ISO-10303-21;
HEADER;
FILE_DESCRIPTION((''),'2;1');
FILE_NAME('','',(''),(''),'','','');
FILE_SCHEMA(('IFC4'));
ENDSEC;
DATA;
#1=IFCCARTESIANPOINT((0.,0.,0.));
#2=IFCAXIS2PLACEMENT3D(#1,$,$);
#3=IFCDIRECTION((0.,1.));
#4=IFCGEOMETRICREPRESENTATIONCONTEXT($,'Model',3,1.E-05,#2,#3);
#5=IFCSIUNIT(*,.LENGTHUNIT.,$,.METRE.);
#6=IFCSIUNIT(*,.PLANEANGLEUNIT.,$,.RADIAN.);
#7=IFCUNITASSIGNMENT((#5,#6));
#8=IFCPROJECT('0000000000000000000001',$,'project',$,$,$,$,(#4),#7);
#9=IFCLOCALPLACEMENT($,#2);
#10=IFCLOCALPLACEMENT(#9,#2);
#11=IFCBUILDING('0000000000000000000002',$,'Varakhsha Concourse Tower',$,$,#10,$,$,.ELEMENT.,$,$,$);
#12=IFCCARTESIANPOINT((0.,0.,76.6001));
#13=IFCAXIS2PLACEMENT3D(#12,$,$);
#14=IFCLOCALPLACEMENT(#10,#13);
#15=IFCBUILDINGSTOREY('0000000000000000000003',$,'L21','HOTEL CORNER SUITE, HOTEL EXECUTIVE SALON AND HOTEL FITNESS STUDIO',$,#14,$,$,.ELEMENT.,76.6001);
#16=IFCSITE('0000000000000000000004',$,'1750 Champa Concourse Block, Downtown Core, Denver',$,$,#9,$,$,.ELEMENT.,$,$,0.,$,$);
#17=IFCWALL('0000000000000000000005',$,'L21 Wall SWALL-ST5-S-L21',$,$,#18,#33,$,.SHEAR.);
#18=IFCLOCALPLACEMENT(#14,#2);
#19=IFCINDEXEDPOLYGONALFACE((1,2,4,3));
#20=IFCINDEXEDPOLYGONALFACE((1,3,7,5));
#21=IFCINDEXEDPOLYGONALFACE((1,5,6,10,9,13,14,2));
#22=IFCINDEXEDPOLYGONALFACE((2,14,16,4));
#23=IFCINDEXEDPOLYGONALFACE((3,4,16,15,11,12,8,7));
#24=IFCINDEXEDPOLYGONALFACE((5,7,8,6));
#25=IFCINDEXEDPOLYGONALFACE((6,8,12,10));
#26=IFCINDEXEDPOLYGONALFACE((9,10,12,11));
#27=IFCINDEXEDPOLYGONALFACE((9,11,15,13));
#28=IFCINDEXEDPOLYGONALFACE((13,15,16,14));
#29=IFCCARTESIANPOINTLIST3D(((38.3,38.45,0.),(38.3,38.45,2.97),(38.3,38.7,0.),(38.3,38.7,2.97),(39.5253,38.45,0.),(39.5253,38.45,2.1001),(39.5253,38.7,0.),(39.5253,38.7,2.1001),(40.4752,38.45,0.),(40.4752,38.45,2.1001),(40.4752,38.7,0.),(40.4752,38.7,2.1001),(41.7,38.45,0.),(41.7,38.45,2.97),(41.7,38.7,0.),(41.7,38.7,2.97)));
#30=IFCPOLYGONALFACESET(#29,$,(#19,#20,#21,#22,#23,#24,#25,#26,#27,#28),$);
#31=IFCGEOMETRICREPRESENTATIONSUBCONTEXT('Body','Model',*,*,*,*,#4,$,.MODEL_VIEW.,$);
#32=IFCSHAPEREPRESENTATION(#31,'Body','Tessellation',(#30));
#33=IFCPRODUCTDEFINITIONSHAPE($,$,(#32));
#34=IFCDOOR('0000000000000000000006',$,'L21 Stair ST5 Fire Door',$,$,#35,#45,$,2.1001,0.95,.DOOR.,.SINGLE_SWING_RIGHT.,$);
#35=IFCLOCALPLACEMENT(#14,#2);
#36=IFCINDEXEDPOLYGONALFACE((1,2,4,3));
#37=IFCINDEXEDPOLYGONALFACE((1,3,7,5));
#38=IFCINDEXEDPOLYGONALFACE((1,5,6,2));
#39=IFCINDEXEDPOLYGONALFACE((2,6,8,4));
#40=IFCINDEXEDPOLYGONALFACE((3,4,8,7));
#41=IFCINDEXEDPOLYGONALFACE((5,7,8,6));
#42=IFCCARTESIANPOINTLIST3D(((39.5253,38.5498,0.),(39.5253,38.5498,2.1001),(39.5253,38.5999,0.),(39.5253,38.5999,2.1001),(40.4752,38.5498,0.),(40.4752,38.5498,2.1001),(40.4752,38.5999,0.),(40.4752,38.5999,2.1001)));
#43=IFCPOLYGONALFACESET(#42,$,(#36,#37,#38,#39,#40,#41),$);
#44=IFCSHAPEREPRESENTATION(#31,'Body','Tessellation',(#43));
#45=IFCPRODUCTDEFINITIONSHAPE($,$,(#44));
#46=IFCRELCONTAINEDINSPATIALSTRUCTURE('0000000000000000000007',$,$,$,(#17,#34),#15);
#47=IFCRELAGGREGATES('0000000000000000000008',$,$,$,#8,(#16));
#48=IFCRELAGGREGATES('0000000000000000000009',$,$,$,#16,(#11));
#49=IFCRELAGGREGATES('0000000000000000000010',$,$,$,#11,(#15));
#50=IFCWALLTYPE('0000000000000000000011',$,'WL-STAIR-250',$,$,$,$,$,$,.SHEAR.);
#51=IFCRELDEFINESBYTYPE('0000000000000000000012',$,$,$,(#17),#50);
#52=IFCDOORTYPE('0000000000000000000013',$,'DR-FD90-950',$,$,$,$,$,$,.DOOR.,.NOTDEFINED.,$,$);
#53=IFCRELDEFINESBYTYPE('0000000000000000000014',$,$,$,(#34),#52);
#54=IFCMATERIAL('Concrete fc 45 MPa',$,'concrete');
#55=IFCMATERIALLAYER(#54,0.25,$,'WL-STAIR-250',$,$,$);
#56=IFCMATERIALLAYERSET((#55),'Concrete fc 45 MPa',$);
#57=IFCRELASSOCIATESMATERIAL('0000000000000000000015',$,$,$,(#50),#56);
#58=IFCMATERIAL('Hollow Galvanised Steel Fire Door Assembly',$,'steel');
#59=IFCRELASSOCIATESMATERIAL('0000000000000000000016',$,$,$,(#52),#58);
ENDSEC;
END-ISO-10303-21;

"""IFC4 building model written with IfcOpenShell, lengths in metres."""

from ifc_helpers import new_model, si_unit, direction, frame, frame_2d, origin, place, context, subcontext, project, spatial, rectangle, extrude, material, layer, layer_set, type_object, element, fill, save


model = new_model("IFC4")

# Units and contexts
model_context = context("Model", 3, precision=1e-05, world=origin(), true_north=direction((0.0, 1.0)))
body_context = subcontext(model_context, "Body", "Model", "MODEL_VIEW")
ifc_project = project(units=[si_unit("LENGTHUNIT", "METRE"), si_unit("PLANEANGLEUNIT", "RADIAN")], contexts=[model_context])

# Site, building, storey
site_placement = place(None, origin())
site = spatial("IfcSite", under=ifc_project, at=site_placement, Name="1750 Champa Concourse Block, Downtown Core, Denver", CompositionType="ELEMENT", RefElevation=0.0)
building_placement = place(site_placement, origin())
building = spatial("IfcBuilding", under=site, at=building_placement, Name="Varakhsha Concourse Tower", CompositionType="ELEMENT")
storey_placement = place(building_placement, frame((0.0, 0.0, 76.6001)))
storey = spatial("IfcBuildingStorey", under=building, at=storey_placement, Name="L21", Description="HOTEL CORNER SUITE, HOTEL EXECUTIVE SALON AND HOTEL FITNESS STUDIO", CompositionType="ELEMENT", Elevation=76.6001)

# Shared definitions
ifc_material_1 = material(Name="Hollow Galvanised Steel Fire Door Assembly", Category="steel")

# Shared definitions
ifc_material_2 = material(Name="Concrete fc 45 MPa", Category="concrete")
ifc_layer_1 = layer(ifc_material_2, 0.25, Name="WL-STAIR-250")
ifc_layer_set_1 = layer_set([ifc_layer_1], Name="Concrete fc 45 MPa")
wall_type_1 = type_object("IfcWallType", Name="WL-STAIR-250", PredefinedType="SHEAR", material=ifc_layer_set_1)

# Wall, opening, door
wall_1_placement = place(storey_placement, frame((38.3, 38.575, 0.0), z_axis=(0.0, 0.0, 1.0), x_axis=(1.0, 0.0, 0.0)))
wall_1 = element("IfcWall", 1, at=wall_1_placement, inside=storey, type_object=wall_type_1, Name="L21 Wall SWALL-ST5-S-L21", PredefinedType="SHEAR", context=body_context, shape_type="SweptSolid", body=[
    extrude(rectangle(XDim=3.3999, YDim=0.25, at=frame_2d((1.7, 0.0))), origin(), (0.0, 0.0, 1.0), 2.97),
])
opening_1_placement = place(wall_1_placement, frame((1.2251, 0.0, 0.0)))
opening_1 = element("IfcOpeningElement", 2, at=opening_1_placement, cuts=wall_1, PredefinedType="OPENING", context=body_context, shape_type="SweptSolid", body=[
    extrude(rectangle(XDim=0.95, YDim=2.1001, at=frame_2d((0.4751, 1.05))), frame((0.0, 0.135, 0.0), z_axis=(0.0, -1.0, 0.0), x_axis=(1.0, 0.0, 0.0)), (0.0, 0.0, 1.0), 0.27),
])
door_type_1 = type_object("IfcDoorType", Name="DR-FD90-950", OperationType="NOTDEFINED", PredefinedType="DOOR", material=ifc_material_1)
door_1_placement = place(opening_1_placement, origin())
door_1 = element("IfcDoor", 3, at=door_1_placement, inside=storey, type_object=door_type_1, Name="L21 Stair ST5 Fire Door", OperationType="SINGLE_SWING_RIGHT", OverallHeight=2.1001, OverallWidth=0.95, PredefinedType="DOOR", context=body_context, shape_type="SweptSolid", body=[
    extrude(rectangle(XDim=0.95, YDim=2.1001, at=frame_2d((0.4751, 1.05))), frame((0.0, 0.0249, 0.0), z_axis=(0.0, -1.0, 0.0), x_axis=(1.0, 0.0, 0.0)), (0.0, 0.0, 1.0), 0.05),
])
fill(opening_1, door_1)

save(model, "model.ifc")
